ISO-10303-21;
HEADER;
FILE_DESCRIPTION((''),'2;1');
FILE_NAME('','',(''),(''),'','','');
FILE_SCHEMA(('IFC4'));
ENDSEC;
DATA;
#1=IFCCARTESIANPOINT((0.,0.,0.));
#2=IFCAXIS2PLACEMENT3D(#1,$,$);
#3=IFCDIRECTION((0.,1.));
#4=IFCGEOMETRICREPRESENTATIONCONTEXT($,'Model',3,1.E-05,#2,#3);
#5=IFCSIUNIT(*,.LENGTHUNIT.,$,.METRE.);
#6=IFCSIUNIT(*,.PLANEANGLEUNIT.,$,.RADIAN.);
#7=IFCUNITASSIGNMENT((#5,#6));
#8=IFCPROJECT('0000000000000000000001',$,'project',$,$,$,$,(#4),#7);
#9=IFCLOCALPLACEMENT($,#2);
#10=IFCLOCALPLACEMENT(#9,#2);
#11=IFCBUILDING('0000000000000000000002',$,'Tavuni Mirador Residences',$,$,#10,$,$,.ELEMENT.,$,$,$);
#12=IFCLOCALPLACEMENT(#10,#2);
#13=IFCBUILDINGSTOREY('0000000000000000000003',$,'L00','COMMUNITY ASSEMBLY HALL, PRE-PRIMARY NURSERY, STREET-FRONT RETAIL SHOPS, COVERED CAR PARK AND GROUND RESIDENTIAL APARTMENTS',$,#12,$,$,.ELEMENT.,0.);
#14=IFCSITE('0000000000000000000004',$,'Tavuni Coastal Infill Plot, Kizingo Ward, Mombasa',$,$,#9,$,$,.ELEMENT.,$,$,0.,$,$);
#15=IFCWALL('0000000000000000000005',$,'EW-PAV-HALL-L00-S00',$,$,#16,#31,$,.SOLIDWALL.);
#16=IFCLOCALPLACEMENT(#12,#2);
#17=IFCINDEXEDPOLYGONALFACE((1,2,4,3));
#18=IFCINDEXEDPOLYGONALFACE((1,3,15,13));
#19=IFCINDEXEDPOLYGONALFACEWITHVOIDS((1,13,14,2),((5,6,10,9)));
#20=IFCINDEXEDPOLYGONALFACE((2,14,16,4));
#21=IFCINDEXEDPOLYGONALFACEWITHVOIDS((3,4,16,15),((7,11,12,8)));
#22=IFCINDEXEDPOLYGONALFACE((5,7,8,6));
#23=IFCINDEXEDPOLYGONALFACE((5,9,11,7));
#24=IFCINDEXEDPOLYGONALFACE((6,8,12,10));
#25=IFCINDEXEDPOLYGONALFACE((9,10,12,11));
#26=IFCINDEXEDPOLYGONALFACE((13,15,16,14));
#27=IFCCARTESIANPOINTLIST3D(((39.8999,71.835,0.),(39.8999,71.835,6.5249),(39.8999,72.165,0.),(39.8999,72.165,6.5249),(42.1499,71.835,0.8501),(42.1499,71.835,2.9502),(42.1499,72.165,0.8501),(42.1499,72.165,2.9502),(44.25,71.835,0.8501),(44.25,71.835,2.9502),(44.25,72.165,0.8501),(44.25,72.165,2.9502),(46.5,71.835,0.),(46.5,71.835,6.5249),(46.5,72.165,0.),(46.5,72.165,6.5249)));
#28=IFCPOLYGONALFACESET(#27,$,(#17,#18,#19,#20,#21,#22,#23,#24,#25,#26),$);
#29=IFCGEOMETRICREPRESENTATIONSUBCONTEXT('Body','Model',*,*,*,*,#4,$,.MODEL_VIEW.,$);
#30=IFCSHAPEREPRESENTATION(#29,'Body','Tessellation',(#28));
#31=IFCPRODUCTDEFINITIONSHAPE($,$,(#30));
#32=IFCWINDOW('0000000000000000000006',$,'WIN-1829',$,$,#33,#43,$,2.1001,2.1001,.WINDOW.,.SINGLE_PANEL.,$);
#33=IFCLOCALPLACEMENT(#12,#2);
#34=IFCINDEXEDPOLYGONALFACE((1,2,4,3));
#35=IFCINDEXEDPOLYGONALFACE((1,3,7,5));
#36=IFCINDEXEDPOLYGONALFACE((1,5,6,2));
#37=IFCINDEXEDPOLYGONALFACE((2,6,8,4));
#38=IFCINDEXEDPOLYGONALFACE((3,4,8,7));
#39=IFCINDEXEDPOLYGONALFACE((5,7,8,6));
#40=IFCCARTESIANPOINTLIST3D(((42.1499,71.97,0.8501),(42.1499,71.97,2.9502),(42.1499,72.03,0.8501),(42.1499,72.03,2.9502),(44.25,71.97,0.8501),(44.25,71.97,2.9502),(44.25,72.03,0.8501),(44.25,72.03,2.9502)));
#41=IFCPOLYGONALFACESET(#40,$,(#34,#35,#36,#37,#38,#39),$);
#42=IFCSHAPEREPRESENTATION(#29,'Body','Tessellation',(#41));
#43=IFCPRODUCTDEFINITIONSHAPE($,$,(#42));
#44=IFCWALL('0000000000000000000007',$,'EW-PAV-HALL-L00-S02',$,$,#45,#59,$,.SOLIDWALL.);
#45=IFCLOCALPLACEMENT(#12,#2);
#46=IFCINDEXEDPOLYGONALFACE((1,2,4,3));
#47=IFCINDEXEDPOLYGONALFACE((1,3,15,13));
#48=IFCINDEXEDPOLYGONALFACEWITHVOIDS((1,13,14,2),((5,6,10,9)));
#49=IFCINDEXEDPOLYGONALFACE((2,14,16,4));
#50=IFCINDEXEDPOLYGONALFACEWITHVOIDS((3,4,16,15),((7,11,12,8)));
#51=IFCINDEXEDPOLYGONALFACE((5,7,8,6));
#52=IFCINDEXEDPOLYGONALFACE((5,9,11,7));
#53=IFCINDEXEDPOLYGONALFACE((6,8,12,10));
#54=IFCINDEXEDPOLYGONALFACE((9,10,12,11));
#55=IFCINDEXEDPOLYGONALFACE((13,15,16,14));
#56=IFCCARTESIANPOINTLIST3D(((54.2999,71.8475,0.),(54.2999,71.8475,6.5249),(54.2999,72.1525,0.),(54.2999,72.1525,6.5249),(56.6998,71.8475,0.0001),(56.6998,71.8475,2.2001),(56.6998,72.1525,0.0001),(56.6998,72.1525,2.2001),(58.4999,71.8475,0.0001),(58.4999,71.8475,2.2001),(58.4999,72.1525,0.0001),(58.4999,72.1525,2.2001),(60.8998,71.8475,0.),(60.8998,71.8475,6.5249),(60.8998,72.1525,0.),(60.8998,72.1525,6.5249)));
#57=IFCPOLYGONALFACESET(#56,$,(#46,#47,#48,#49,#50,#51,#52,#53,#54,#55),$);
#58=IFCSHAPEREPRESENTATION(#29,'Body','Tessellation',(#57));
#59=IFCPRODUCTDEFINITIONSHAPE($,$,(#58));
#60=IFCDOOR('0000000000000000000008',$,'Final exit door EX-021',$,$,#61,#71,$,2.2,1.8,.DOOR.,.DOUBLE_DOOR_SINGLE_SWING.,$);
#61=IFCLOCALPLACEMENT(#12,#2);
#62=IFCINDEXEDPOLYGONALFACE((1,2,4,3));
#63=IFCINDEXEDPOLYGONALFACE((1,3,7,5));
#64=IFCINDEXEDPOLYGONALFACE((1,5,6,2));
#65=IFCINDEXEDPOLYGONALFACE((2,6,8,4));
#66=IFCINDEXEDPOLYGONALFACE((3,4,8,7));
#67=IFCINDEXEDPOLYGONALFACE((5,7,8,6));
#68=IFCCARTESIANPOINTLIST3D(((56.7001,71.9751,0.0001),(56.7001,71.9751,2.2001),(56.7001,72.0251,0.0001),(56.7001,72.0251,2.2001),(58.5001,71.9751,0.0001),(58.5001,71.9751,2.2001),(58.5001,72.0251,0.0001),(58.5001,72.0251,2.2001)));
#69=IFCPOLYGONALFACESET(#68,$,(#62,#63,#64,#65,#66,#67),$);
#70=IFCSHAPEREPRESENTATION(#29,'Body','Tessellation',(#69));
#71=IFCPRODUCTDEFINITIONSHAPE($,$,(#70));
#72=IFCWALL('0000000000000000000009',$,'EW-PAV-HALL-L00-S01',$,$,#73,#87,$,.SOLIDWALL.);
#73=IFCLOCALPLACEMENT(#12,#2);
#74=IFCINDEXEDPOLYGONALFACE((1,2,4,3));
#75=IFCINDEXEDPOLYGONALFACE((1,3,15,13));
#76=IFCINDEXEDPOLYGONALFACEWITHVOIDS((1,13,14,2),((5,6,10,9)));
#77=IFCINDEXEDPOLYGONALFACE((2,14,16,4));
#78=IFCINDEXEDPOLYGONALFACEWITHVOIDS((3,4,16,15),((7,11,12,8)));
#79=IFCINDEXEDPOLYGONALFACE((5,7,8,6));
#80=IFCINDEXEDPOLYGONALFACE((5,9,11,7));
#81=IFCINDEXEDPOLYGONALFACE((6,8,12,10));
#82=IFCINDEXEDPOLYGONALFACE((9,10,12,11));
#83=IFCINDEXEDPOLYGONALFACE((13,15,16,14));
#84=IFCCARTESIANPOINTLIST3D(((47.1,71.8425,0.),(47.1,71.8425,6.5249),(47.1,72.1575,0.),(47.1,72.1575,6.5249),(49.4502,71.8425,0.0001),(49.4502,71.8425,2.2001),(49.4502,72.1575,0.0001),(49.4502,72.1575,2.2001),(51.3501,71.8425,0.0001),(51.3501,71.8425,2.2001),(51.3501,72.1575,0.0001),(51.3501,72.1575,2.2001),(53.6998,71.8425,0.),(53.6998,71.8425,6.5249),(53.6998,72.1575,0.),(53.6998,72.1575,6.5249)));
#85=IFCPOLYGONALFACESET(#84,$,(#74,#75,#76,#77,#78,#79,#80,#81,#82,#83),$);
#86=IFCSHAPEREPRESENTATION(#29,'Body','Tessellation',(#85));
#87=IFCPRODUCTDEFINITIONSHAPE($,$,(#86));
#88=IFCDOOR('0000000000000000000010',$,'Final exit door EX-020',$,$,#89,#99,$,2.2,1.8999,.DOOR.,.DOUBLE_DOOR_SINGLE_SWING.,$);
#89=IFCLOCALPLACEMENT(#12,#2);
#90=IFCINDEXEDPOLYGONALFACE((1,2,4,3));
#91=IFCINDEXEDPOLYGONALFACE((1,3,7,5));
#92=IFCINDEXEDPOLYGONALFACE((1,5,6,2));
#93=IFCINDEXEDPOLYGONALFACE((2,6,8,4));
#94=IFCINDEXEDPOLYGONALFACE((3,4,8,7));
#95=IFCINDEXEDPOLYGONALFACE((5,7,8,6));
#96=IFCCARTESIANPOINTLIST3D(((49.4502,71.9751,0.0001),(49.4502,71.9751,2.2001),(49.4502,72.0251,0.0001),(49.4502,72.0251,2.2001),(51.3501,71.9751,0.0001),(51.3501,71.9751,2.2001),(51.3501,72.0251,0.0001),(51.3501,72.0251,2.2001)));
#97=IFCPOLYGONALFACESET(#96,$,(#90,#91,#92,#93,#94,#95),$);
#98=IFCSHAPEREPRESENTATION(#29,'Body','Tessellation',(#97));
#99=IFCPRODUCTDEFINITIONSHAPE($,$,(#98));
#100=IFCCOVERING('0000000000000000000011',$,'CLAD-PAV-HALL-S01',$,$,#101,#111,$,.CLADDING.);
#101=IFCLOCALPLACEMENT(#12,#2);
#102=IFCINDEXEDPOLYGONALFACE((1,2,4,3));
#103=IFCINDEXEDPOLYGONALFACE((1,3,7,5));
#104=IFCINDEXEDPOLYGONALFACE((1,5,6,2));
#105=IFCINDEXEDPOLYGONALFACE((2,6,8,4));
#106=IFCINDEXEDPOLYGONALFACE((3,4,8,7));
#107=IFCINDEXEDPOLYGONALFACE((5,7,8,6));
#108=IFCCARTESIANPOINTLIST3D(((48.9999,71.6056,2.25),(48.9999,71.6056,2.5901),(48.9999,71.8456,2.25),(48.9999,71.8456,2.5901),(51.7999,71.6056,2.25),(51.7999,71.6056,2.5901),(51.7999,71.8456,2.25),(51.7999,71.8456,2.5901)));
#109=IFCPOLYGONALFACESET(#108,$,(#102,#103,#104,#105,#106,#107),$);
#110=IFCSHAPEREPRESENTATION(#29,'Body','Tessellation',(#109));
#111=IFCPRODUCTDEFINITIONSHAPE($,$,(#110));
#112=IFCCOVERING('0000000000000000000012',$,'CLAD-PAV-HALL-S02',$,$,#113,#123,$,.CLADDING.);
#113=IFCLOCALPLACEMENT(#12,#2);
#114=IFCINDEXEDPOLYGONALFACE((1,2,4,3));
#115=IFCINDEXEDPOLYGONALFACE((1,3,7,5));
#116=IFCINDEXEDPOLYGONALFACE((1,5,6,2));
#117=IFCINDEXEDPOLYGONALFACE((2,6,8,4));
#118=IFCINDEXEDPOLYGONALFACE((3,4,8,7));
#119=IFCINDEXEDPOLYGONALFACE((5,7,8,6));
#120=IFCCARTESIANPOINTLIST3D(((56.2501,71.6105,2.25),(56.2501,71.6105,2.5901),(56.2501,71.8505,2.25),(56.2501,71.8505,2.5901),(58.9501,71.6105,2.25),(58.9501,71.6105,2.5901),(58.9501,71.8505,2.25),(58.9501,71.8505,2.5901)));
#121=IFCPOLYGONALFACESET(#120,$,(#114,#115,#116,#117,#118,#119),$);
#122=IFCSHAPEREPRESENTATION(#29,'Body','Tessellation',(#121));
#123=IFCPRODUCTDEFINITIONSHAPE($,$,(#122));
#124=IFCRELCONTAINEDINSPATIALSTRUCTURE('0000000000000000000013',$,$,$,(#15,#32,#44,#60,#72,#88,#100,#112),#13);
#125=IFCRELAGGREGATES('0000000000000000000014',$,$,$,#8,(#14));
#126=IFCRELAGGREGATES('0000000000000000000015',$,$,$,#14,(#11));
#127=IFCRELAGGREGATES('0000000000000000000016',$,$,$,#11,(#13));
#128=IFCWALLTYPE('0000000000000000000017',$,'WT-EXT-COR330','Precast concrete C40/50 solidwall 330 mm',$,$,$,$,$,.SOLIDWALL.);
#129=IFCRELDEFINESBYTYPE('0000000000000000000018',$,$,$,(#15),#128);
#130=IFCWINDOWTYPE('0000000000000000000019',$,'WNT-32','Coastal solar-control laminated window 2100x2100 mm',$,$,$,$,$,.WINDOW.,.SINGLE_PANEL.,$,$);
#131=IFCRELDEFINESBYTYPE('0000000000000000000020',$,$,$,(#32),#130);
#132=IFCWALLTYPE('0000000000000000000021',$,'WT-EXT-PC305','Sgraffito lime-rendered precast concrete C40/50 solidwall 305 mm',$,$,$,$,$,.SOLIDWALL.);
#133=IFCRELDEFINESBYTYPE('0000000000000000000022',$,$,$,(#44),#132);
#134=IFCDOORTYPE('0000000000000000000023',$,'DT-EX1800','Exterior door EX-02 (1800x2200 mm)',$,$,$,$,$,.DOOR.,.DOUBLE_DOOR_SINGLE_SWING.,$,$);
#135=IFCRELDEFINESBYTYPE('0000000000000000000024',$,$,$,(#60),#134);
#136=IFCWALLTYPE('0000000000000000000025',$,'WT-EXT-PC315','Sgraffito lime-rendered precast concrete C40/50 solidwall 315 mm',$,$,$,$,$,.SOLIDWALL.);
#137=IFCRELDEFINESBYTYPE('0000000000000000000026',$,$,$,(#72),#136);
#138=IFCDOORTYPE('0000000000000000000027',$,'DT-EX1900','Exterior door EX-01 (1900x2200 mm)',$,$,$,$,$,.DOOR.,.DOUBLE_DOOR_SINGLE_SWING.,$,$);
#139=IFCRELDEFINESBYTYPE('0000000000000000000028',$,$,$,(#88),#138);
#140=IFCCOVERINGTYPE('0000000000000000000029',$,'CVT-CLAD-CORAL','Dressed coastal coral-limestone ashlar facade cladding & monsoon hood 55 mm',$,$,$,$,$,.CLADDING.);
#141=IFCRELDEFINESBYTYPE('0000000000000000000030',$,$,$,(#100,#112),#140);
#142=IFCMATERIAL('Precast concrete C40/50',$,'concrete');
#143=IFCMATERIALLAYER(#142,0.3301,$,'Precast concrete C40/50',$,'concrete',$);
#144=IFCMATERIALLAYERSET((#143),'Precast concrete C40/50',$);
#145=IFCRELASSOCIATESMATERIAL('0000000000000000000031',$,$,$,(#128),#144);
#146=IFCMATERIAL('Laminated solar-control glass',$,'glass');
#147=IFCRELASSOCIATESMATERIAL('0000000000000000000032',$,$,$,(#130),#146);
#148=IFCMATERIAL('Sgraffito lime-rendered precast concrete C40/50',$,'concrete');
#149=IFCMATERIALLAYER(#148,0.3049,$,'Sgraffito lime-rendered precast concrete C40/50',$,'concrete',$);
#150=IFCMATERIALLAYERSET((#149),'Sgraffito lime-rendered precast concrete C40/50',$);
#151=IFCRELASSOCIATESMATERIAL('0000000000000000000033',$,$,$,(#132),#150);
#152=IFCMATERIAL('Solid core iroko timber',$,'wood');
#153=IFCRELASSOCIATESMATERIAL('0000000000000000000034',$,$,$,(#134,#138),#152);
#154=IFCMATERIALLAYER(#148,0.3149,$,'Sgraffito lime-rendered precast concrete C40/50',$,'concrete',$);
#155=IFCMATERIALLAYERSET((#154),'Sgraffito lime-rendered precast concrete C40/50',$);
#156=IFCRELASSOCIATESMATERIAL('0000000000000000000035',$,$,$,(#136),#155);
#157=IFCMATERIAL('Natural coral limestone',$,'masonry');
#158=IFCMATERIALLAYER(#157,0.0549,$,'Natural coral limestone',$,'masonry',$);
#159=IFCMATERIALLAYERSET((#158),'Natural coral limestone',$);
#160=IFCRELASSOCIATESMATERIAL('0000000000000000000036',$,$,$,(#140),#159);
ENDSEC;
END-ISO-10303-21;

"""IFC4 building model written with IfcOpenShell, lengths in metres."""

from ifc_helpers import new_model, si_unit, direction, frame, frame_2d, origin, origin_2d, place, context, subcontext, project, spatial, rectangle, extrude, material, layer, layer_set, type_object, element, fill, save


model = new_model("IFC4")

# Units and contexts
model_context = context("Model", 3, precision=1e-05, world=origin(), true_north=direction((0.0, 1.0)))
body_context = subcontext(model_context, "Body", "Model", "MODEL_VIEW")
ifc_project = project(units=[si_unit("LENGTHUNIT", "METRE"), si_unit("PLANEANGLEUNIT", "RADIAN")], contexts=[model_context])

# Site, building, storey
site_placement = place(None, origin())
site = spatial("IfcSite", under=ifc_project, at=site_placement, Name="Tavuni Coastal Infill Plot, Kizingo Ward, Mombasa", CompositionType="ELEMENT", RefElevation=0.0)
building_placement = place(site_placement, origin())
building = spatial("IfcBuilding", under=site, at=building_placement, Name="Tavuni Mirador Residences", CompositionType="ELEMENT")
storey_placement = place(building_placement, origin())
storey = spatial("IfcBuildingStorey", under=building, at=storey_placement, Name="L00", Description="COMMUNITY ASSEMBLY HALL, PRE-PRIMARY NURSERY, STREET-FRONT RETAIL SHOPS, COVERED CAR PARK AND GROUND RESIDENTIAL APARTMENTS", CompositionType="ELEMENT", Elevation=0.0)

# Shared definitions
ifc_material_1 = material(Name="Precast concrete C40/50", Category="concrete")

# Wall, opening, window
ifc_layer_1 = layer(ifc_material_1, 0.3301, Name="Precast concrete C40/50", Category="concrete")
ifc_layer_set_1 = layer_set([ifc_layer_1], Name="Precast concrete C40/50")
wall_type_1 = type_object("IfcWallType", Name="WT-EXT-COR330", Description="Precast concrete C40/50 solidwall 330 mm", PredefinedType="SOLIDWALL", material=ifc_layer_set_1)
wall_1_placement = place(storey_placement, frame((39.8999, 72.0, 0.0), z_axis=(0.0, 0.0, 1.0), x_axis=(1.0, 0.0, 0.0)))
wall_1 = element("IfcWall", 1, at=wall_1_placement, inside=storey, type_object=wall_type_1, Name="EW-PAV-HALL-L00-S00", PredefinedType="SOLIDWALL", context=body_context, shape_type="SweptSolid", body=[
    extrude(rectangle(XDim=6.6001, YDim=0.3301, at=frame_2d((3.3, 0.0))), origin(), (0.0, 0.0, 1.0), 6.5249),
])
opening_1_placement = place(wall_1_placement, frame((2.25, 0.0, 0.8501)))
opening_1 = element("IfcOpeningElement", 2, at=opening_1_placement, cuts=wall_1, PredefinedType="OPENING", context=body_context, shape_type="SweptSolid", body=[
    extrude(rectangle(XDim=2.1001, YDim=2.1001, at=frame_2d((1.05, 1.05))), frame((0.0, 0.175, 0.0), z_axis=(0.0, -1.0, 0.0), x_axis=(1.0, 0.0, 0.0)), (0.0, 0.0, 1.0), 0.3501),
])
ifc_material_2 = material(Name="Laminated solar-control glass", Category="glass")
window_type = type_object("IfcWindowType", Name="WNT-32", Description="Coastal solar-control laminated window 2100x2100 mm", PartitioningType="SINGLE_PANEL", PredefinedType="WINDOW", material=ifc_material_2)
window_placement = place(opening_1_placement, origin())
window = element("IfcWindow", 3, at=window_placement, inside=storey, type_object=window_type, Name="WIN-1829", OverallHeight=2.1001, OverallWidth=2.1001, PartitioningType="SINGLE_PANEL", PredefinedType="WINDOW", context=body_context, shape_type="SweptSolid", body=[
    extrude(rectangle(XDim=2.1001, YDim=2.1001, at=frame_2d((1.05, 1.05))), frame((0.0, 0.03, 0.0), z_axis=(0.0, -1.0, 0.0), x_axis=(1.0, 0.0, 0.0)), (0.0, 0.0, 1.0), 0.0601),
])
fill(opening_1, window)

# Walls, openings, doors
ifc_material_3 = material(Name="Sgraffito lime-rendered precast concrete C40/50", Category="concrete")
ifc_layer_2 = layer(ifc_material_3, 0.3049, Name="Sgraffito lime-rendered precast concrete C40/50", Category="concrete")
ifc_layer_set_2 = layer_set([ifc_layer_2], Name="Sgraffito lime-rendered precast concrete C40/50")
wall_type_2 = type_object("IfcWallType", Name="WT-EXT-PC305", Description="Sgraffito lime-rendered precast concrete C40/50 solidwall 305 mm", PredefinedType="SOLIDWALL", material=ifc_layer_set_2)
wall_2_placement = place(storey_placement, frame((54.3, 72.0, 0.0), z_axis=(0.0, 0.0, 1.0), x_axis=(1.0, 0.0, 0.0)))
wall_2 = element("IfcWall", 4, at=wall_2_placement, inside=storey, type_object=wall_type_2, Name="EW-PAV-HALL-L00-S02", PredefinedType="SOLIDWALL", context=body_context, shape_type="SweptSolid", body=[
    extrude(rectangle(XDim=6.5999, YDim=0.3049, at=frame_2d((3.2998, 0.0))), origin(), (0.0, 0.0, 1.0), 6.5249),
])
opening_2_placement = place(wall_2_placement, frame((2.3999, 0.0, 0.0)))
opening_2 = element("IfcOpeningElement", 5, at=opening_2_placement, cuts=wall_2, PredefinedType="OPENING", context=body_context, shape_type="SweptSolid", body=[
    extrude(rectangle(XDim=1.8, YDim=2.2, at=frame_2d((0.8999, 1.1001))), frame((0.0, 0.1626, 0.0), z_axis=(0.0, -1.0, 0.0), x_axis=(1.0, 0.0, 0.0)), (0.0, 0.0, 1.0), 0.325),
])
ifc_material_4 = material(Name="Solid core iroko timber", Category="wood")
door_type_1 = type_object("IfcDoorType", Name="DT-EX1800", Description="Exterior door EX-02 (1800x2200 mm)", OperationType="DOUBLE_DOOR_SINGLE_SWING", PredefinedType="DOOR", material=ifc_material_4)
door_1_placement = place(opening_2_placement, frame((1.8, 0.0, 0.0), z_axis=(0.0, 0.0, 1.0), x_axis=(-1.0, 0.0, 0.0)))
door_1 = element("IfcDoor", 6, at=door_1_placement, inside=storey, type_object=door_type_1, Name="Final exit door EX-021", OperationType="DOUBLE_DOOR_SINGLE_SWING", OverallHeight=2.2, OverallWidth=1.8, PredefinedType="DOOR", context=body_context, shape_type="SweptSolid", body=[
    extrude(rectangle(XDim=1.8, YDim=2.2, at=frame_2d((0.8999, 1.1001))), frame((0.0, 0.0249, 0.0), z_axis=(0.0, -1.0, 0.0), x_axis=(1.0, 0.0, 0.0)), (0.0, 0.0, 1.0), 0.05),
])
fill(opening_2, door_1)
ifc_layer_3 = layer(ifc_material_3, 0.3149, Name="Sgraffito lime-rendered precast concrete C40/50", Category="concrete")
ifc_layer_set_3 = layer_set([ifc_layer_3], Name="Sgraffito lime-rendered precast concrete C40/50")
wall_type_3 = type_object("IfcWallType", Name="WT-EXT-PC315", Description="Sgraffito lime-rendered precast concrete C40/50 solidwall 315 mm", PredefinedType="SOLIDWALL", material=ifc_layer_set_3)
wall_3_placement = place(storey_placement, frame((47.1001, 72.0, 0.0), z_axis=(0.0, 0.0, 1.0), x_axis=(1.0, 0.0, 0.0)))
wall_3 = element("IfcWall", 7, at=wall_3_placement, inside=storey, type_object=wall_type_3, Name="EW-PAV-HALL-L00-S01", PredefinedType="SOLIDWALL", context=body_context, shape_type="SweptSolid", body=[
    extrude(rectangle(XDim=6.5999, YDim=0.3149, at=frame_2d((3.2998, 0.0))), origin(), (0.0, 0.0, 1.0), 6.5249),
])
opening_3_placement = place(wall_3_placement, frame((2.3501, 0.0, 0.0)))
opening_3 = element("IfcOpeningElement", 8, at=opening_3_placement, cuts=wall_3, PredefinedType="OPENING", context=body_context, shape_type="SweptSolid", body=[
    extrude(rectangle(XDim=1.8999, YDim=2.2, at=frame_2d((0.95, 1.1001))), frame((0.0, 0.1675, 0.0), z_axis=(0.0, -1.0, 0.0), x_axis=(1.0, 0.0, 0.0)), (0.0, 0.0, 1.0), 0.335),
])
door_type_2 = type_object("IfcDoorType", Name="DT-EX1900", Description="Exterior door EX-01 (1900x2200 mm)", OperationType="DOUBLE_DOOR_SINGLE_SWING", PredefinedType="DOOR", material=ifc_material_4)
door_2_placement = place(opening_3_placement, frame((1.8999, 0.0, 0.0), z_axis=(0.0, 0.0, 1.0), x_axis=(-1.0, 0.0, 0.0)))
door_2 = element("IfcDoor", 9, at=door_2_placement, inside=storey, type_object=door_type_2, Name="Final exit door EX-020", OperationType="DOUBLE_DOOR_SINGLE_SWING", OverallHeight=2.2, OverallWidth=1.8999, PredefinedType="DOOR", context=body_context, shape_type="SweptSolid", body=[
    extrude(rectangle(XDim=1.8999, YDim=2.2, at=frame_2d((0.95, 1.1001))), frame((0.0, 0.0249, 0.0), z_axis=(0.0, -1.0, 0.0), x_axis=(1.0, 0.0, 0.0)), (0.0, 0.0, 1.0), 0.05),
])
fill(opening_3, door_2)

# Coverings
ifc_material_5 = material(Name="Natural coral limestone", Category="masonry")
ifc_layer_4 = layer(ifc_material_5, 0.0549, Name="Natural coral limestone", Category="masonry")
ifc_layer_set_4 = layer_set([ifc_layer_4], Name="Natural coral limestone")
covering_type = type_object("IfcCoveringType", Name="CVT-CLAD-CORAL", Description="Dressed coastal coral-limestone ashlar facade cladding & monsoon hood 55 mm", PredefinedType="CLADDING", material=ifc_layer_set_4)
covering_1_placement = place(storey_placement, frame((50.3999, 71.7256, 2.25), z_axis=(0.0, 0.0, 1.0), x_axis=(1.0, 0.0, 0.0)))
element("IfcCovering", 10, at=covering_1_placement, inside=storey, type_object=covering_type, Name="CLAD-PAV-HALL-S01", PredefinedType="CLADDING", context=body_context, shape_type="SweptSolid", body=[
    extrude(rectangle(XDim=2.8, YDim=0.24, at=origin_2d()), origin(), (0.0, 0.0, 1.0), 0.3401),
])
covering_2_placement = place(storey_placement, frame((57.6001, 71.7305, 2.25), z_axis=(0.0, 0.0, 1.0), x_axis=(1.0, 0.0, 0.0)))
element("IfcCovering", 11, at=covering_2_placement, inside=storey, type_object=covering_type, Name="CLAD-PAV-HALL-S02", PredefinedType="CLADDING", context=body_context, shape_type="SweptSolid", body=[
    extrude(rectangle(XDim=2.7, YDim=0.24, at=origin_2d()), origin(), (0.0, 0.0, 1.0), 0.3401),
])

save(model, "model.ifc")
